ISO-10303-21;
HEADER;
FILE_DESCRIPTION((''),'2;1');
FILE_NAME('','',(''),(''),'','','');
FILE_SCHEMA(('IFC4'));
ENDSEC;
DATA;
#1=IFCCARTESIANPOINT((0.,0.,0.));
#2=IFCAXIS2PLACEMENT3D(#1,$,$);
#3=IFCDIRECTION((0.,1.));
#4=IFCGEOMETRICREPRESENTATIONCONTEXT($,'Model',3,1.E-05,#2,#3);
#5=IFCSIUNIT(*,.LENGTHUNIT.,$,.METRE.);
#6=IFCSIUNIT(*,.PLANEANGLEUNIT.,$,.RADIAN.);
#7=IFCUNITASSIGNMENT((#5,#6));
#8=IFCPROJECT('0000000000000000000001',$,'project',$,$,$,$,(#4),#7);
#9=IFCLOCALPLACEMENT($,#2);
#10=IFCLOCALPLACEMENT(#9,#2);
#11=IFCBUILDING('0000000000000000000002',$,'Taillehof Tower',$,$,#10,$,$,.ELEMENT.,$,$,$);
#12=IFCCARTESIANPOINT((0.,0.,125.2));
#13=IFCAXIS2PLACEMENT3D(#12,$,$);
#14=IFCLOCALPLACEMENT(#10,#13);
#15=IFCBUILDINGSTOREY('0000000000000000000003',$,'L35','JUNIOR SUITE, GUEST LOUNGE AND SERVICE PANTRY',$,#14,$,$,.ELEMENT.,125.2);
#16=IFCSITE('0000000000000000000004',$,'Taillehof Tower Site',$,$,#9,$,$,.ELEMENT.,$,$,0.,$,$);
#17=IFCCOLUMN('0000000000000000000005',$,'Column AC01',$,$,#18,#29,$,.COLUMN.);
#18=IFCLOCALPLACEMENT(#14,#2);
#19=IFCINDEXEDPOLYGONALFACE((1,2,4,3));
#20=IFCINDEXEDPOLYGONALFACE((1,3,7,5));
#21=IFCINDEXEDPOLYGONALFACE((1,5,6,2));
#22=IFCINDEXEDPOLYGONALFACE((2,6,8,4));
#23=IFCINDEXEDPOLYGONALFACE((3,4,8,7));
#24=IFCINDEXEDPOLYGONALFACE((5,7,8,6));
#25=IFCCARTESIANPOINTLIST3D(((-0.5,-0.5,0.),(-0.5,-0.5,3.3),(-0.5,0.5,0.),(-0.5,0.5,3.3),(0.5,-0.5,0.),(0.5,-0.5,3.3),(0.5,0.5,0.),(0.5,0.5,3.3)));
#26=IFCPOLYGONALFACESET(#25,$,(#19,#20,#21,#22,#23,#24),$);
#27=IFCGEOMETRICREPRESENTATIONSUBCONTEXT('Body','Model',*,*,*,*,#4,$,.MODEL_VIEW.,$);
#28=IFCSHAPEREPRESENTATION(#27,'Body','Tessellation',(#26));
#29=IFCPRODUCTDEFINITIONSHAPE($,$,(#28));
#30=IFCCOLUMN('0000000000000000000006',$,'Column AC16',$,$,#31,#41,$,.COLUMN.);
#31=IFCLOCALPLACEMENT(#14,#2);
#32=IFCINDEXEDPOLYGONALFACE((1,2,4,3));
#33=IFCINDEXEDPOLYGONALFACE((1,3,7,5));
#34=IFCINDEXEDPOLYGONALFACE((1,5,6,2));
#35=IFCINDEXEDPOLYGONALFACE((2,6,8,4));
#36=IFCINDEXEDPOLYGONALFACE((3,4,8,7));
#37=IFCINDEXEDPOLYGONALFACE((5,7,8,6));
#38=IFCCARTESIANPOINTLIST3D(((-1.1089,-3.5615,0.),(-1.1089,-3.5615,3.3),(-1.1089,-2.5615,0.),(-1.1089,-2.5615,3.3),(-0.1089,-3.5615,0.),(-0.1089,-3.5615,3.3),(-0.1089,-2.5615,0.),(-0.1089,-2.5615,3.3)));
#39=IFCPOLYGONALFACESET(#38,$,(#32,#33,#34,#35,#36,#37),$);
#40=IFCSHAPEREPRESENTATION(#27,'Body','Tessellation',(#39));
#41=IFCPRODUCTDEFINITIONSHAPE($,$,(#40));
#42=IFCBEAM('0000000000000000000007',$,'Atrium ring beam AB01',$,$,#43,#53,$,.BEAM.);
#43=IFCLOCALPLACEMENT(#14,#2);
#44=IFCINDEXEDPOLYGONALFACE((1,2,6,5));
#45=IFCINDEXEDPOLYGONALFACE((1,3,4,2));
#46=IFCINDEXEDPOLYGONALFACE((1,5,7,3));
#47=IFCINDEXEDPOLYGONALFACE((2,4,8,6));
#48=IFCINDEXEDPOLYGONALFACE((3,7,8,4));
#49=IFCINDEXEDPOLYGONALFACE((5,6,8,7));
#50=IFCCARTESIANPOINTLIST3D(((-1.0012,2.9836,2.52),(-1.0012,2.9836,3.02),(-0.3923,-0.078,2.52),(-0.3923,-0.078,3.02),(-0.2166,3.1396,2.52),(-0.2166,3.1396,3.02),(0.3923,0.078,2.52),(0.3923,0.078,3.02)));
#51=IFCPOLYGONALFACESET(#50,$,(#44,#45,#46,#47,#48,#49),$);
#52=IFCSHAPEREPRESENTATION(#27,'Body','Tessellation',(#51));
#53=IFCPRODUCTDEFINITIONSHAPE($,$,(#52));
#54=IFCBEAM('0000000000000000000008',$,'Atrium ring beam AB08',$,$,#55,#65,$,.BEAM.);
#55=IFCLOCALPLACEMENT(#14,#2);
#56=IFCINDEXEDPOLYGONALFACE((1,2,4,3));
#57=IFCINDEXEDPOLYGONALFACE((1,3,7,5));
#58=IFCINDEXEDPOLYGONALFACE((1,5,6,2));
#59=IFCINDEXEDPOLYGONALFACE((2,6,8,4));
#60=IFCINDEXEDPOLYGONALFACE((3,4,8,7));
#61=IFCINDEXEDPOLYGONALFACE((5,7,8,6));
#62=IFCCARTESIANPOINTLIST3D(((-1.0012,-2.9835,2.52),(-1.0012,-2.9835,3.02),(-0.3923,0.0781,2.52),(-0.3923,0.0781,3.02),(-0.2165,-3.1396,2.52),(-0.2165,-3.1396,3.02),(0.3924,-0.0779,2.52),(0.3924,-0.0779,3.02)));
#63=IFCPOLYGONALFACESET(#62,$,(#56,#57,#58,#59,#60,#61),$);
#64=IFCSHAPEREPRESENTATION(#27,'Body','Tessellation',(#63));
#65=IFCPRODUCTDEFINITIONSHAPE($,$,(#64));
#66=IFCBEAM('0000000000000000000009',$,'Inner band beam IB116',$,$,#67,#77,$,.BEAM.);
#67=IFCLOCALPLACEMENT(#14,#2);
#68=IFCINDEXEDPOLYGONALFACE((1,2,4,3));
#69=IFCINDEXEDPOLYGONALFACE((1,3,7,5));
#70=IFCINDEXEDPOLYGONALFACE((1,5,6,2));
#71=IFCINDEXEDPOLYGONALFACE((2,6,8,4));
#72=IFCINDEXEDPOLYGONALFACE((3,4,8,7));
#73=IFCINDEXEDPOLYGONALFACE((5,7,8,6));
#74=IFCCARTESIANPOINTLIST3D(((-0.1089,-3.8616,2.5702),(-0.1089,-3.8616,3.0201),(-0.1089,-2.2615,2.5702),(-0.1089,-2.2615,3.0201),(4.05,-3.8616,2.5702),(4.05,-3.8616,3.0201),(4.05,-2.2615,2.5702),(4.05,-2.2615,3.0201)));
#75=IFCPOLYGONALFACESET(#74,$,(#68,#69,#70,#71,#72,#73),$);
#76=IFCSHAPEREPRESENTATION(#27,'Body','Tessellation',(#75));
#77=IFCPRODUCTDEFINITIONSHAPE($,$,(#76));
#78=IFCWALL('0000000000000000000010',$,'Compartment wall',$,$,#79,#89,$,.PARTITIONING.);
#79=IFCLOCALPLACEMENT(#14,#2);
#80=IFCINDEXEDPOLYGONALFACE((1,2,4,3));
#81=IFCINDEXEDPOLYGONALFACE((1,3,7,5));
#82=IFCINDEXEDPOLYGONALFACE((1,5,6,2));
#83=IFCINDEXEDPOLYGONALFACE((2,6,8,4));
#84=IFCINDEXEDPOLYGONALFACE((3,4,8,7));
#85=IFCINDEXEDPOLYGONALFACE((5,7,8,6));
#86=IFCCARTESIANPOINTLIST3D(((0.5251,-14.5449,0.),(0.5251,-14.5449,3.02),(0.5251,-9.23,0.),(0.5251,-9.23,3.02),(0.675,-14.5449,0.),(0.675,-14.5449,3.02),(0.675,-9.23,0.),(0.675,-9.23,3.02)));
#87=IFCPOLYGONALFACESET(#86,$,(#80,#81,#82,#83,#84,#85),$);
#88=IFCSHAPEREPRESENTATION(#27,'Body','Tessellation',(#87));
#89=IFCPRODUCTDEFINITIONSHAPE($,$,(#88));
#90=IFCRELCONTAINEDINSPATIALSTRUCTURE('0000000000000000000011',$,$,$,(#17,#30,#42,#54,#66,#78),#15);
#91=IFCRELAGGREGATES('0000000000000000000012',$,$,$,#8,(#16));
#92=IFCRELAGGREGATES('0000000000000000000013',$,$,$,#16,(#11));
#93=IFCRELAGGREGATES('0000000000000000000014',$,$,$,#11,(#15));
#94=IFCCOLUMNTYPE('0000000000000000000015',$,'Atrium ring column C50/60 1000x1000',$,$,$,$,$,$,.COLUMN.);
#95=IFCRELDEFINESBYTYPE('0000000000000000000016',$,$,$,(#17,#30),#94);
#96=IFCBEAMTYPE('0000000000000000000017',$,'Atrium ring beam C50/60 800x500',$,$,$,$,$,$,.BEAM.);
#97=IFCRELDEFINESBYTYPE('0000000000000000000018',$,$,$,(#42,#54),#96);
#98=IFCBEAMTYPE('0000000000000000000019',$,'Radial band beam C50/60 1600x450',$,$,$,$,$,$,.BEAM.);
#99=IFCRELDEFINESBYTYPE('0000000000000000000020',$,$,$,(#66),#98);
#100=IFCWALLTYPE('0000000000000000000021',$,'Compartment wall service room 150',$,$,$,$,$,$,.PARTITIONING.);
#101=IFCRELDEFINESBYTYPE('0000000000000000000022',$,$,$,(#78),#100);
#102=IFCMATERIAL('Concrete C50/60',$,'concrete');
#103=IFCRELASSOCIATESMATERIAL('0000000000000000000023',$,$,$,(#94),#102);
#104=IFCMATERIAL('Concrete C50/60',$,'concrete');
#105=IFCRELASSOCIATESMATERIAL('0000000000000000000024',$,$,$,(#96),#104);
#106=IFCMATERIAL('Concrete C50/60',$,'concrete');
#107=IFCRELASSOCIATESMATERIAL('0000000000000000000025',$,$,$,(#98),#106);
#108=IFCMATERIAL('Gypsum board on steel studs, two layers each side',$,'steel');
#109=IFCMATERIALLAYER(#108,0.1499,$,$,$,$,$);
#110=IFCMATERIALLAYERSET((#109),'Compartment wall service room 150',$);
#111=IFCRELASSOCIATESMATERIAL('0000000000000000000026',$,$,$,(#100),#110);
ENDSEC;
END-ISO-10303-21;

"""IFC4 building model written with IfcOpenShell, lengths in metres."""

from ifc_helpers import new_model, si_unit, direction, frame, frame_2d, origin, origin_2d, place, context, subcontext, project, spatial, rectangle, extrude, material, layer, layer_set, material_profile, profile_set, type_object, element, save


model = new_model("IFC4")

# Units and contexts
model_context = context("Model", 3, precision=1e-05, world=origin(), true_north=direction((0.0, 1.0)))
body_context = subcontext(model_context, "Body", "Model", "MODEL_VIEW")
ifc_project = project(units=[si_unit("LENGTHUNIT", "METRE"), si_unit("PLANEANGLEUNIT", "RADIAN")], contexts=[model_context])

# Site, building, storey
site_placement = place(None, origin())
site = spatial("IfcSite", under=ifc_project, at=site_placement, Name="Taillehof Tower Site", CompositionType="ELEMENT", RefElevation=0.0)
building_placement = place(site_placement, origin())
building = spatial("IfcBuilding", under=site, at=building_placement, Name="Taillehof Tower", CompositionType="ELEMENT")
storey_placement = place(building_placement, frame((0.0, 0.0, 125.2)))
storey = spatial("IfcBuildingStorey", under=building, at=storey_placement, Name="L35", Description="JUNIOR SUITE, GUEST LOUNGE AND SERVICE PANTRY", CompositionType="ELEMENT", Elevation=125.2)

# Columns
ifc_material_1 = material(Name="Concrete C50/60", Category="concrete")
ifc_material_profile_1 = material_profile(ifc_material_1, rectangle(XDim=1.0, YDim=1.0, at=origin_2d()), Name="RC 1000x1000")
ifc_profile_set_1 = profile_set([ifc_material_profile_1], Name="Concrete C50/60")
column_type = type_object("IfcColumnType", Name="Atrium ring column C50/60 1000x1000", PredefinedType="COLUMN", material=ifc_profile_set_1)
for number, where, z_axis, x_axis, name in (
    (1, (0.0, 0.0, 0.0), (0.0, 0.0, 1.0), (1.0, 0.0, 0.0), "Column AC01"),
    (2, (-0.6089, -3.0615, 0.0), (0.0, 0.0, 1.0), (1.0, 0.0, 0.0), "Column AC16"),
):
    element("IfcColumn", number, at=place(storey_placement, frame(where, z_axis=z_axis, x_axis=x_axis)), inside=storey, type_object=column_type, Name=name, PredefinedType="COLUMN", context=body_context, shape_type="SweptSolid", body=[
        extrude(rectangle(XDim=1.0, YDim=1.0, at=origin_2d()), origin(), (0.0, 0.0, 1.0), 3.3),
    ])

# Beams
ifc_material_2 = material(Name="Concrete C50/60", Category="concrete")
ifc_material_profile_2 = material_profile(ifc_material_2, rectangle(XDim=0.8, YDim=0.5, at=origin_2d()), Name="RC 800x500")
ifc_profile_set_2 = profile_set([ifc_material_profile_2], Name="Concrete C50/60")
beam_type_1 = type_object("IfcBeamType", Name="Atrium ring beam C50/60 800x500", PredefinedType="BEAM", material=ifc_profile_set_2)
for number, where, z_axis, x_axis, name in (
    (3, (0.0, 0.0, 2.77), (-0.195063, 0.980791, 0.0), (-0.980791, -0.195063, 0.0), "Atrium ring beam AB01"),
    (4, (-0.6089, -3.0615, 2.77), (0.195063, 0.980791, 0.0), (-0.980791, 0.195063, 0.0), "Atrium ring beam AB08"),
):
    element("IfcBeam", number, at=place(storey_placement, frame(where, z_axis=z_axis, x_axis=x_axis)), inside=storey, type_object=beam_type_1, Name=name, PredefinedType="BEAM", context=body_context, shape_type="SweptSolid", body=[
        extrude(rectangle(XDim=0.8, YDim=0.5, at=origin_2d()), origin(), (0.0, 0.0, 1.0), 3.1216),
    ])
ifc_material_3 = material(Name="Concrete C50/60", Category="concrete")
ifc_material_profile_3 = material_profile(ifc_material_3, rectangle(XDim=1.6001, YDim=0.45, at=origin_2d()), Name="RC 1600x450")
ifc_profile_set_3 = profile_set([ifc_material_profile_3], Name="Concrete C50/60")
beam_type_2 = type_object("IfcBeamType", Name="Radial band beam C50/60 1600x450", PredefinedType="BEAM", material=ifc_profile_set_3)
beam_placement = place(storey_placement, frame((-0.1089, -3.0615, 2.7952), z_axis=(1.0, 0.0, 0.0), x_axis=(0.0, 1.0, 0.0)))
element("IfcBeam", 5, at=beam_placement, inside=storey, type_object=beam_type_2, Name="Inner band beam IB116", PredefinedType="BEAM", context=body_context, shape_type="SweptSolid", body=[
    extrude(rectangle(XDim=1.6001, YDim=0.45, at=origin_2d()), origin(), (0.0, 0.0, 1.0), 4.1589),
])

# Wall
ifc_material_4 = material(Name="Gypsum board on steel studs, two layers each side", Category="steel")
ifc_layer_1 = layer(ifc_material_4, 0.1499)
ifc_layer_set_1 = layer_set([ifc_layer_1], Name="Compartment wall service room 150")
wall_type_1 = type_object("IfcWallType", Name="Compartment wall service room 150", PredefinedType="PARTITIONING", material=ifc_layer_set_1)
wall_1_placement = place(storey_placement, frame((0.6001, -9.23, 0.0), z_axis=(0.0, 0.0, 1.0), x_axis=(0.0, -1.0, 0.0)))
element("IfcWall", 6, at=wall_1_placement, inside=storey, type_object=wall_type_1, Name="Compartment wall", PredefinedType="PARTITIONING", context=body_context, shape_type="SweptSolid", body=[
    extrude(rectangle(XDim=5.3149, YDim=0.1499, at=frame_2d((2.6575, 0.0))), origin(), (0.0, 0.0, 1.0), 3.02),
])

save(model, "model.ifc")
